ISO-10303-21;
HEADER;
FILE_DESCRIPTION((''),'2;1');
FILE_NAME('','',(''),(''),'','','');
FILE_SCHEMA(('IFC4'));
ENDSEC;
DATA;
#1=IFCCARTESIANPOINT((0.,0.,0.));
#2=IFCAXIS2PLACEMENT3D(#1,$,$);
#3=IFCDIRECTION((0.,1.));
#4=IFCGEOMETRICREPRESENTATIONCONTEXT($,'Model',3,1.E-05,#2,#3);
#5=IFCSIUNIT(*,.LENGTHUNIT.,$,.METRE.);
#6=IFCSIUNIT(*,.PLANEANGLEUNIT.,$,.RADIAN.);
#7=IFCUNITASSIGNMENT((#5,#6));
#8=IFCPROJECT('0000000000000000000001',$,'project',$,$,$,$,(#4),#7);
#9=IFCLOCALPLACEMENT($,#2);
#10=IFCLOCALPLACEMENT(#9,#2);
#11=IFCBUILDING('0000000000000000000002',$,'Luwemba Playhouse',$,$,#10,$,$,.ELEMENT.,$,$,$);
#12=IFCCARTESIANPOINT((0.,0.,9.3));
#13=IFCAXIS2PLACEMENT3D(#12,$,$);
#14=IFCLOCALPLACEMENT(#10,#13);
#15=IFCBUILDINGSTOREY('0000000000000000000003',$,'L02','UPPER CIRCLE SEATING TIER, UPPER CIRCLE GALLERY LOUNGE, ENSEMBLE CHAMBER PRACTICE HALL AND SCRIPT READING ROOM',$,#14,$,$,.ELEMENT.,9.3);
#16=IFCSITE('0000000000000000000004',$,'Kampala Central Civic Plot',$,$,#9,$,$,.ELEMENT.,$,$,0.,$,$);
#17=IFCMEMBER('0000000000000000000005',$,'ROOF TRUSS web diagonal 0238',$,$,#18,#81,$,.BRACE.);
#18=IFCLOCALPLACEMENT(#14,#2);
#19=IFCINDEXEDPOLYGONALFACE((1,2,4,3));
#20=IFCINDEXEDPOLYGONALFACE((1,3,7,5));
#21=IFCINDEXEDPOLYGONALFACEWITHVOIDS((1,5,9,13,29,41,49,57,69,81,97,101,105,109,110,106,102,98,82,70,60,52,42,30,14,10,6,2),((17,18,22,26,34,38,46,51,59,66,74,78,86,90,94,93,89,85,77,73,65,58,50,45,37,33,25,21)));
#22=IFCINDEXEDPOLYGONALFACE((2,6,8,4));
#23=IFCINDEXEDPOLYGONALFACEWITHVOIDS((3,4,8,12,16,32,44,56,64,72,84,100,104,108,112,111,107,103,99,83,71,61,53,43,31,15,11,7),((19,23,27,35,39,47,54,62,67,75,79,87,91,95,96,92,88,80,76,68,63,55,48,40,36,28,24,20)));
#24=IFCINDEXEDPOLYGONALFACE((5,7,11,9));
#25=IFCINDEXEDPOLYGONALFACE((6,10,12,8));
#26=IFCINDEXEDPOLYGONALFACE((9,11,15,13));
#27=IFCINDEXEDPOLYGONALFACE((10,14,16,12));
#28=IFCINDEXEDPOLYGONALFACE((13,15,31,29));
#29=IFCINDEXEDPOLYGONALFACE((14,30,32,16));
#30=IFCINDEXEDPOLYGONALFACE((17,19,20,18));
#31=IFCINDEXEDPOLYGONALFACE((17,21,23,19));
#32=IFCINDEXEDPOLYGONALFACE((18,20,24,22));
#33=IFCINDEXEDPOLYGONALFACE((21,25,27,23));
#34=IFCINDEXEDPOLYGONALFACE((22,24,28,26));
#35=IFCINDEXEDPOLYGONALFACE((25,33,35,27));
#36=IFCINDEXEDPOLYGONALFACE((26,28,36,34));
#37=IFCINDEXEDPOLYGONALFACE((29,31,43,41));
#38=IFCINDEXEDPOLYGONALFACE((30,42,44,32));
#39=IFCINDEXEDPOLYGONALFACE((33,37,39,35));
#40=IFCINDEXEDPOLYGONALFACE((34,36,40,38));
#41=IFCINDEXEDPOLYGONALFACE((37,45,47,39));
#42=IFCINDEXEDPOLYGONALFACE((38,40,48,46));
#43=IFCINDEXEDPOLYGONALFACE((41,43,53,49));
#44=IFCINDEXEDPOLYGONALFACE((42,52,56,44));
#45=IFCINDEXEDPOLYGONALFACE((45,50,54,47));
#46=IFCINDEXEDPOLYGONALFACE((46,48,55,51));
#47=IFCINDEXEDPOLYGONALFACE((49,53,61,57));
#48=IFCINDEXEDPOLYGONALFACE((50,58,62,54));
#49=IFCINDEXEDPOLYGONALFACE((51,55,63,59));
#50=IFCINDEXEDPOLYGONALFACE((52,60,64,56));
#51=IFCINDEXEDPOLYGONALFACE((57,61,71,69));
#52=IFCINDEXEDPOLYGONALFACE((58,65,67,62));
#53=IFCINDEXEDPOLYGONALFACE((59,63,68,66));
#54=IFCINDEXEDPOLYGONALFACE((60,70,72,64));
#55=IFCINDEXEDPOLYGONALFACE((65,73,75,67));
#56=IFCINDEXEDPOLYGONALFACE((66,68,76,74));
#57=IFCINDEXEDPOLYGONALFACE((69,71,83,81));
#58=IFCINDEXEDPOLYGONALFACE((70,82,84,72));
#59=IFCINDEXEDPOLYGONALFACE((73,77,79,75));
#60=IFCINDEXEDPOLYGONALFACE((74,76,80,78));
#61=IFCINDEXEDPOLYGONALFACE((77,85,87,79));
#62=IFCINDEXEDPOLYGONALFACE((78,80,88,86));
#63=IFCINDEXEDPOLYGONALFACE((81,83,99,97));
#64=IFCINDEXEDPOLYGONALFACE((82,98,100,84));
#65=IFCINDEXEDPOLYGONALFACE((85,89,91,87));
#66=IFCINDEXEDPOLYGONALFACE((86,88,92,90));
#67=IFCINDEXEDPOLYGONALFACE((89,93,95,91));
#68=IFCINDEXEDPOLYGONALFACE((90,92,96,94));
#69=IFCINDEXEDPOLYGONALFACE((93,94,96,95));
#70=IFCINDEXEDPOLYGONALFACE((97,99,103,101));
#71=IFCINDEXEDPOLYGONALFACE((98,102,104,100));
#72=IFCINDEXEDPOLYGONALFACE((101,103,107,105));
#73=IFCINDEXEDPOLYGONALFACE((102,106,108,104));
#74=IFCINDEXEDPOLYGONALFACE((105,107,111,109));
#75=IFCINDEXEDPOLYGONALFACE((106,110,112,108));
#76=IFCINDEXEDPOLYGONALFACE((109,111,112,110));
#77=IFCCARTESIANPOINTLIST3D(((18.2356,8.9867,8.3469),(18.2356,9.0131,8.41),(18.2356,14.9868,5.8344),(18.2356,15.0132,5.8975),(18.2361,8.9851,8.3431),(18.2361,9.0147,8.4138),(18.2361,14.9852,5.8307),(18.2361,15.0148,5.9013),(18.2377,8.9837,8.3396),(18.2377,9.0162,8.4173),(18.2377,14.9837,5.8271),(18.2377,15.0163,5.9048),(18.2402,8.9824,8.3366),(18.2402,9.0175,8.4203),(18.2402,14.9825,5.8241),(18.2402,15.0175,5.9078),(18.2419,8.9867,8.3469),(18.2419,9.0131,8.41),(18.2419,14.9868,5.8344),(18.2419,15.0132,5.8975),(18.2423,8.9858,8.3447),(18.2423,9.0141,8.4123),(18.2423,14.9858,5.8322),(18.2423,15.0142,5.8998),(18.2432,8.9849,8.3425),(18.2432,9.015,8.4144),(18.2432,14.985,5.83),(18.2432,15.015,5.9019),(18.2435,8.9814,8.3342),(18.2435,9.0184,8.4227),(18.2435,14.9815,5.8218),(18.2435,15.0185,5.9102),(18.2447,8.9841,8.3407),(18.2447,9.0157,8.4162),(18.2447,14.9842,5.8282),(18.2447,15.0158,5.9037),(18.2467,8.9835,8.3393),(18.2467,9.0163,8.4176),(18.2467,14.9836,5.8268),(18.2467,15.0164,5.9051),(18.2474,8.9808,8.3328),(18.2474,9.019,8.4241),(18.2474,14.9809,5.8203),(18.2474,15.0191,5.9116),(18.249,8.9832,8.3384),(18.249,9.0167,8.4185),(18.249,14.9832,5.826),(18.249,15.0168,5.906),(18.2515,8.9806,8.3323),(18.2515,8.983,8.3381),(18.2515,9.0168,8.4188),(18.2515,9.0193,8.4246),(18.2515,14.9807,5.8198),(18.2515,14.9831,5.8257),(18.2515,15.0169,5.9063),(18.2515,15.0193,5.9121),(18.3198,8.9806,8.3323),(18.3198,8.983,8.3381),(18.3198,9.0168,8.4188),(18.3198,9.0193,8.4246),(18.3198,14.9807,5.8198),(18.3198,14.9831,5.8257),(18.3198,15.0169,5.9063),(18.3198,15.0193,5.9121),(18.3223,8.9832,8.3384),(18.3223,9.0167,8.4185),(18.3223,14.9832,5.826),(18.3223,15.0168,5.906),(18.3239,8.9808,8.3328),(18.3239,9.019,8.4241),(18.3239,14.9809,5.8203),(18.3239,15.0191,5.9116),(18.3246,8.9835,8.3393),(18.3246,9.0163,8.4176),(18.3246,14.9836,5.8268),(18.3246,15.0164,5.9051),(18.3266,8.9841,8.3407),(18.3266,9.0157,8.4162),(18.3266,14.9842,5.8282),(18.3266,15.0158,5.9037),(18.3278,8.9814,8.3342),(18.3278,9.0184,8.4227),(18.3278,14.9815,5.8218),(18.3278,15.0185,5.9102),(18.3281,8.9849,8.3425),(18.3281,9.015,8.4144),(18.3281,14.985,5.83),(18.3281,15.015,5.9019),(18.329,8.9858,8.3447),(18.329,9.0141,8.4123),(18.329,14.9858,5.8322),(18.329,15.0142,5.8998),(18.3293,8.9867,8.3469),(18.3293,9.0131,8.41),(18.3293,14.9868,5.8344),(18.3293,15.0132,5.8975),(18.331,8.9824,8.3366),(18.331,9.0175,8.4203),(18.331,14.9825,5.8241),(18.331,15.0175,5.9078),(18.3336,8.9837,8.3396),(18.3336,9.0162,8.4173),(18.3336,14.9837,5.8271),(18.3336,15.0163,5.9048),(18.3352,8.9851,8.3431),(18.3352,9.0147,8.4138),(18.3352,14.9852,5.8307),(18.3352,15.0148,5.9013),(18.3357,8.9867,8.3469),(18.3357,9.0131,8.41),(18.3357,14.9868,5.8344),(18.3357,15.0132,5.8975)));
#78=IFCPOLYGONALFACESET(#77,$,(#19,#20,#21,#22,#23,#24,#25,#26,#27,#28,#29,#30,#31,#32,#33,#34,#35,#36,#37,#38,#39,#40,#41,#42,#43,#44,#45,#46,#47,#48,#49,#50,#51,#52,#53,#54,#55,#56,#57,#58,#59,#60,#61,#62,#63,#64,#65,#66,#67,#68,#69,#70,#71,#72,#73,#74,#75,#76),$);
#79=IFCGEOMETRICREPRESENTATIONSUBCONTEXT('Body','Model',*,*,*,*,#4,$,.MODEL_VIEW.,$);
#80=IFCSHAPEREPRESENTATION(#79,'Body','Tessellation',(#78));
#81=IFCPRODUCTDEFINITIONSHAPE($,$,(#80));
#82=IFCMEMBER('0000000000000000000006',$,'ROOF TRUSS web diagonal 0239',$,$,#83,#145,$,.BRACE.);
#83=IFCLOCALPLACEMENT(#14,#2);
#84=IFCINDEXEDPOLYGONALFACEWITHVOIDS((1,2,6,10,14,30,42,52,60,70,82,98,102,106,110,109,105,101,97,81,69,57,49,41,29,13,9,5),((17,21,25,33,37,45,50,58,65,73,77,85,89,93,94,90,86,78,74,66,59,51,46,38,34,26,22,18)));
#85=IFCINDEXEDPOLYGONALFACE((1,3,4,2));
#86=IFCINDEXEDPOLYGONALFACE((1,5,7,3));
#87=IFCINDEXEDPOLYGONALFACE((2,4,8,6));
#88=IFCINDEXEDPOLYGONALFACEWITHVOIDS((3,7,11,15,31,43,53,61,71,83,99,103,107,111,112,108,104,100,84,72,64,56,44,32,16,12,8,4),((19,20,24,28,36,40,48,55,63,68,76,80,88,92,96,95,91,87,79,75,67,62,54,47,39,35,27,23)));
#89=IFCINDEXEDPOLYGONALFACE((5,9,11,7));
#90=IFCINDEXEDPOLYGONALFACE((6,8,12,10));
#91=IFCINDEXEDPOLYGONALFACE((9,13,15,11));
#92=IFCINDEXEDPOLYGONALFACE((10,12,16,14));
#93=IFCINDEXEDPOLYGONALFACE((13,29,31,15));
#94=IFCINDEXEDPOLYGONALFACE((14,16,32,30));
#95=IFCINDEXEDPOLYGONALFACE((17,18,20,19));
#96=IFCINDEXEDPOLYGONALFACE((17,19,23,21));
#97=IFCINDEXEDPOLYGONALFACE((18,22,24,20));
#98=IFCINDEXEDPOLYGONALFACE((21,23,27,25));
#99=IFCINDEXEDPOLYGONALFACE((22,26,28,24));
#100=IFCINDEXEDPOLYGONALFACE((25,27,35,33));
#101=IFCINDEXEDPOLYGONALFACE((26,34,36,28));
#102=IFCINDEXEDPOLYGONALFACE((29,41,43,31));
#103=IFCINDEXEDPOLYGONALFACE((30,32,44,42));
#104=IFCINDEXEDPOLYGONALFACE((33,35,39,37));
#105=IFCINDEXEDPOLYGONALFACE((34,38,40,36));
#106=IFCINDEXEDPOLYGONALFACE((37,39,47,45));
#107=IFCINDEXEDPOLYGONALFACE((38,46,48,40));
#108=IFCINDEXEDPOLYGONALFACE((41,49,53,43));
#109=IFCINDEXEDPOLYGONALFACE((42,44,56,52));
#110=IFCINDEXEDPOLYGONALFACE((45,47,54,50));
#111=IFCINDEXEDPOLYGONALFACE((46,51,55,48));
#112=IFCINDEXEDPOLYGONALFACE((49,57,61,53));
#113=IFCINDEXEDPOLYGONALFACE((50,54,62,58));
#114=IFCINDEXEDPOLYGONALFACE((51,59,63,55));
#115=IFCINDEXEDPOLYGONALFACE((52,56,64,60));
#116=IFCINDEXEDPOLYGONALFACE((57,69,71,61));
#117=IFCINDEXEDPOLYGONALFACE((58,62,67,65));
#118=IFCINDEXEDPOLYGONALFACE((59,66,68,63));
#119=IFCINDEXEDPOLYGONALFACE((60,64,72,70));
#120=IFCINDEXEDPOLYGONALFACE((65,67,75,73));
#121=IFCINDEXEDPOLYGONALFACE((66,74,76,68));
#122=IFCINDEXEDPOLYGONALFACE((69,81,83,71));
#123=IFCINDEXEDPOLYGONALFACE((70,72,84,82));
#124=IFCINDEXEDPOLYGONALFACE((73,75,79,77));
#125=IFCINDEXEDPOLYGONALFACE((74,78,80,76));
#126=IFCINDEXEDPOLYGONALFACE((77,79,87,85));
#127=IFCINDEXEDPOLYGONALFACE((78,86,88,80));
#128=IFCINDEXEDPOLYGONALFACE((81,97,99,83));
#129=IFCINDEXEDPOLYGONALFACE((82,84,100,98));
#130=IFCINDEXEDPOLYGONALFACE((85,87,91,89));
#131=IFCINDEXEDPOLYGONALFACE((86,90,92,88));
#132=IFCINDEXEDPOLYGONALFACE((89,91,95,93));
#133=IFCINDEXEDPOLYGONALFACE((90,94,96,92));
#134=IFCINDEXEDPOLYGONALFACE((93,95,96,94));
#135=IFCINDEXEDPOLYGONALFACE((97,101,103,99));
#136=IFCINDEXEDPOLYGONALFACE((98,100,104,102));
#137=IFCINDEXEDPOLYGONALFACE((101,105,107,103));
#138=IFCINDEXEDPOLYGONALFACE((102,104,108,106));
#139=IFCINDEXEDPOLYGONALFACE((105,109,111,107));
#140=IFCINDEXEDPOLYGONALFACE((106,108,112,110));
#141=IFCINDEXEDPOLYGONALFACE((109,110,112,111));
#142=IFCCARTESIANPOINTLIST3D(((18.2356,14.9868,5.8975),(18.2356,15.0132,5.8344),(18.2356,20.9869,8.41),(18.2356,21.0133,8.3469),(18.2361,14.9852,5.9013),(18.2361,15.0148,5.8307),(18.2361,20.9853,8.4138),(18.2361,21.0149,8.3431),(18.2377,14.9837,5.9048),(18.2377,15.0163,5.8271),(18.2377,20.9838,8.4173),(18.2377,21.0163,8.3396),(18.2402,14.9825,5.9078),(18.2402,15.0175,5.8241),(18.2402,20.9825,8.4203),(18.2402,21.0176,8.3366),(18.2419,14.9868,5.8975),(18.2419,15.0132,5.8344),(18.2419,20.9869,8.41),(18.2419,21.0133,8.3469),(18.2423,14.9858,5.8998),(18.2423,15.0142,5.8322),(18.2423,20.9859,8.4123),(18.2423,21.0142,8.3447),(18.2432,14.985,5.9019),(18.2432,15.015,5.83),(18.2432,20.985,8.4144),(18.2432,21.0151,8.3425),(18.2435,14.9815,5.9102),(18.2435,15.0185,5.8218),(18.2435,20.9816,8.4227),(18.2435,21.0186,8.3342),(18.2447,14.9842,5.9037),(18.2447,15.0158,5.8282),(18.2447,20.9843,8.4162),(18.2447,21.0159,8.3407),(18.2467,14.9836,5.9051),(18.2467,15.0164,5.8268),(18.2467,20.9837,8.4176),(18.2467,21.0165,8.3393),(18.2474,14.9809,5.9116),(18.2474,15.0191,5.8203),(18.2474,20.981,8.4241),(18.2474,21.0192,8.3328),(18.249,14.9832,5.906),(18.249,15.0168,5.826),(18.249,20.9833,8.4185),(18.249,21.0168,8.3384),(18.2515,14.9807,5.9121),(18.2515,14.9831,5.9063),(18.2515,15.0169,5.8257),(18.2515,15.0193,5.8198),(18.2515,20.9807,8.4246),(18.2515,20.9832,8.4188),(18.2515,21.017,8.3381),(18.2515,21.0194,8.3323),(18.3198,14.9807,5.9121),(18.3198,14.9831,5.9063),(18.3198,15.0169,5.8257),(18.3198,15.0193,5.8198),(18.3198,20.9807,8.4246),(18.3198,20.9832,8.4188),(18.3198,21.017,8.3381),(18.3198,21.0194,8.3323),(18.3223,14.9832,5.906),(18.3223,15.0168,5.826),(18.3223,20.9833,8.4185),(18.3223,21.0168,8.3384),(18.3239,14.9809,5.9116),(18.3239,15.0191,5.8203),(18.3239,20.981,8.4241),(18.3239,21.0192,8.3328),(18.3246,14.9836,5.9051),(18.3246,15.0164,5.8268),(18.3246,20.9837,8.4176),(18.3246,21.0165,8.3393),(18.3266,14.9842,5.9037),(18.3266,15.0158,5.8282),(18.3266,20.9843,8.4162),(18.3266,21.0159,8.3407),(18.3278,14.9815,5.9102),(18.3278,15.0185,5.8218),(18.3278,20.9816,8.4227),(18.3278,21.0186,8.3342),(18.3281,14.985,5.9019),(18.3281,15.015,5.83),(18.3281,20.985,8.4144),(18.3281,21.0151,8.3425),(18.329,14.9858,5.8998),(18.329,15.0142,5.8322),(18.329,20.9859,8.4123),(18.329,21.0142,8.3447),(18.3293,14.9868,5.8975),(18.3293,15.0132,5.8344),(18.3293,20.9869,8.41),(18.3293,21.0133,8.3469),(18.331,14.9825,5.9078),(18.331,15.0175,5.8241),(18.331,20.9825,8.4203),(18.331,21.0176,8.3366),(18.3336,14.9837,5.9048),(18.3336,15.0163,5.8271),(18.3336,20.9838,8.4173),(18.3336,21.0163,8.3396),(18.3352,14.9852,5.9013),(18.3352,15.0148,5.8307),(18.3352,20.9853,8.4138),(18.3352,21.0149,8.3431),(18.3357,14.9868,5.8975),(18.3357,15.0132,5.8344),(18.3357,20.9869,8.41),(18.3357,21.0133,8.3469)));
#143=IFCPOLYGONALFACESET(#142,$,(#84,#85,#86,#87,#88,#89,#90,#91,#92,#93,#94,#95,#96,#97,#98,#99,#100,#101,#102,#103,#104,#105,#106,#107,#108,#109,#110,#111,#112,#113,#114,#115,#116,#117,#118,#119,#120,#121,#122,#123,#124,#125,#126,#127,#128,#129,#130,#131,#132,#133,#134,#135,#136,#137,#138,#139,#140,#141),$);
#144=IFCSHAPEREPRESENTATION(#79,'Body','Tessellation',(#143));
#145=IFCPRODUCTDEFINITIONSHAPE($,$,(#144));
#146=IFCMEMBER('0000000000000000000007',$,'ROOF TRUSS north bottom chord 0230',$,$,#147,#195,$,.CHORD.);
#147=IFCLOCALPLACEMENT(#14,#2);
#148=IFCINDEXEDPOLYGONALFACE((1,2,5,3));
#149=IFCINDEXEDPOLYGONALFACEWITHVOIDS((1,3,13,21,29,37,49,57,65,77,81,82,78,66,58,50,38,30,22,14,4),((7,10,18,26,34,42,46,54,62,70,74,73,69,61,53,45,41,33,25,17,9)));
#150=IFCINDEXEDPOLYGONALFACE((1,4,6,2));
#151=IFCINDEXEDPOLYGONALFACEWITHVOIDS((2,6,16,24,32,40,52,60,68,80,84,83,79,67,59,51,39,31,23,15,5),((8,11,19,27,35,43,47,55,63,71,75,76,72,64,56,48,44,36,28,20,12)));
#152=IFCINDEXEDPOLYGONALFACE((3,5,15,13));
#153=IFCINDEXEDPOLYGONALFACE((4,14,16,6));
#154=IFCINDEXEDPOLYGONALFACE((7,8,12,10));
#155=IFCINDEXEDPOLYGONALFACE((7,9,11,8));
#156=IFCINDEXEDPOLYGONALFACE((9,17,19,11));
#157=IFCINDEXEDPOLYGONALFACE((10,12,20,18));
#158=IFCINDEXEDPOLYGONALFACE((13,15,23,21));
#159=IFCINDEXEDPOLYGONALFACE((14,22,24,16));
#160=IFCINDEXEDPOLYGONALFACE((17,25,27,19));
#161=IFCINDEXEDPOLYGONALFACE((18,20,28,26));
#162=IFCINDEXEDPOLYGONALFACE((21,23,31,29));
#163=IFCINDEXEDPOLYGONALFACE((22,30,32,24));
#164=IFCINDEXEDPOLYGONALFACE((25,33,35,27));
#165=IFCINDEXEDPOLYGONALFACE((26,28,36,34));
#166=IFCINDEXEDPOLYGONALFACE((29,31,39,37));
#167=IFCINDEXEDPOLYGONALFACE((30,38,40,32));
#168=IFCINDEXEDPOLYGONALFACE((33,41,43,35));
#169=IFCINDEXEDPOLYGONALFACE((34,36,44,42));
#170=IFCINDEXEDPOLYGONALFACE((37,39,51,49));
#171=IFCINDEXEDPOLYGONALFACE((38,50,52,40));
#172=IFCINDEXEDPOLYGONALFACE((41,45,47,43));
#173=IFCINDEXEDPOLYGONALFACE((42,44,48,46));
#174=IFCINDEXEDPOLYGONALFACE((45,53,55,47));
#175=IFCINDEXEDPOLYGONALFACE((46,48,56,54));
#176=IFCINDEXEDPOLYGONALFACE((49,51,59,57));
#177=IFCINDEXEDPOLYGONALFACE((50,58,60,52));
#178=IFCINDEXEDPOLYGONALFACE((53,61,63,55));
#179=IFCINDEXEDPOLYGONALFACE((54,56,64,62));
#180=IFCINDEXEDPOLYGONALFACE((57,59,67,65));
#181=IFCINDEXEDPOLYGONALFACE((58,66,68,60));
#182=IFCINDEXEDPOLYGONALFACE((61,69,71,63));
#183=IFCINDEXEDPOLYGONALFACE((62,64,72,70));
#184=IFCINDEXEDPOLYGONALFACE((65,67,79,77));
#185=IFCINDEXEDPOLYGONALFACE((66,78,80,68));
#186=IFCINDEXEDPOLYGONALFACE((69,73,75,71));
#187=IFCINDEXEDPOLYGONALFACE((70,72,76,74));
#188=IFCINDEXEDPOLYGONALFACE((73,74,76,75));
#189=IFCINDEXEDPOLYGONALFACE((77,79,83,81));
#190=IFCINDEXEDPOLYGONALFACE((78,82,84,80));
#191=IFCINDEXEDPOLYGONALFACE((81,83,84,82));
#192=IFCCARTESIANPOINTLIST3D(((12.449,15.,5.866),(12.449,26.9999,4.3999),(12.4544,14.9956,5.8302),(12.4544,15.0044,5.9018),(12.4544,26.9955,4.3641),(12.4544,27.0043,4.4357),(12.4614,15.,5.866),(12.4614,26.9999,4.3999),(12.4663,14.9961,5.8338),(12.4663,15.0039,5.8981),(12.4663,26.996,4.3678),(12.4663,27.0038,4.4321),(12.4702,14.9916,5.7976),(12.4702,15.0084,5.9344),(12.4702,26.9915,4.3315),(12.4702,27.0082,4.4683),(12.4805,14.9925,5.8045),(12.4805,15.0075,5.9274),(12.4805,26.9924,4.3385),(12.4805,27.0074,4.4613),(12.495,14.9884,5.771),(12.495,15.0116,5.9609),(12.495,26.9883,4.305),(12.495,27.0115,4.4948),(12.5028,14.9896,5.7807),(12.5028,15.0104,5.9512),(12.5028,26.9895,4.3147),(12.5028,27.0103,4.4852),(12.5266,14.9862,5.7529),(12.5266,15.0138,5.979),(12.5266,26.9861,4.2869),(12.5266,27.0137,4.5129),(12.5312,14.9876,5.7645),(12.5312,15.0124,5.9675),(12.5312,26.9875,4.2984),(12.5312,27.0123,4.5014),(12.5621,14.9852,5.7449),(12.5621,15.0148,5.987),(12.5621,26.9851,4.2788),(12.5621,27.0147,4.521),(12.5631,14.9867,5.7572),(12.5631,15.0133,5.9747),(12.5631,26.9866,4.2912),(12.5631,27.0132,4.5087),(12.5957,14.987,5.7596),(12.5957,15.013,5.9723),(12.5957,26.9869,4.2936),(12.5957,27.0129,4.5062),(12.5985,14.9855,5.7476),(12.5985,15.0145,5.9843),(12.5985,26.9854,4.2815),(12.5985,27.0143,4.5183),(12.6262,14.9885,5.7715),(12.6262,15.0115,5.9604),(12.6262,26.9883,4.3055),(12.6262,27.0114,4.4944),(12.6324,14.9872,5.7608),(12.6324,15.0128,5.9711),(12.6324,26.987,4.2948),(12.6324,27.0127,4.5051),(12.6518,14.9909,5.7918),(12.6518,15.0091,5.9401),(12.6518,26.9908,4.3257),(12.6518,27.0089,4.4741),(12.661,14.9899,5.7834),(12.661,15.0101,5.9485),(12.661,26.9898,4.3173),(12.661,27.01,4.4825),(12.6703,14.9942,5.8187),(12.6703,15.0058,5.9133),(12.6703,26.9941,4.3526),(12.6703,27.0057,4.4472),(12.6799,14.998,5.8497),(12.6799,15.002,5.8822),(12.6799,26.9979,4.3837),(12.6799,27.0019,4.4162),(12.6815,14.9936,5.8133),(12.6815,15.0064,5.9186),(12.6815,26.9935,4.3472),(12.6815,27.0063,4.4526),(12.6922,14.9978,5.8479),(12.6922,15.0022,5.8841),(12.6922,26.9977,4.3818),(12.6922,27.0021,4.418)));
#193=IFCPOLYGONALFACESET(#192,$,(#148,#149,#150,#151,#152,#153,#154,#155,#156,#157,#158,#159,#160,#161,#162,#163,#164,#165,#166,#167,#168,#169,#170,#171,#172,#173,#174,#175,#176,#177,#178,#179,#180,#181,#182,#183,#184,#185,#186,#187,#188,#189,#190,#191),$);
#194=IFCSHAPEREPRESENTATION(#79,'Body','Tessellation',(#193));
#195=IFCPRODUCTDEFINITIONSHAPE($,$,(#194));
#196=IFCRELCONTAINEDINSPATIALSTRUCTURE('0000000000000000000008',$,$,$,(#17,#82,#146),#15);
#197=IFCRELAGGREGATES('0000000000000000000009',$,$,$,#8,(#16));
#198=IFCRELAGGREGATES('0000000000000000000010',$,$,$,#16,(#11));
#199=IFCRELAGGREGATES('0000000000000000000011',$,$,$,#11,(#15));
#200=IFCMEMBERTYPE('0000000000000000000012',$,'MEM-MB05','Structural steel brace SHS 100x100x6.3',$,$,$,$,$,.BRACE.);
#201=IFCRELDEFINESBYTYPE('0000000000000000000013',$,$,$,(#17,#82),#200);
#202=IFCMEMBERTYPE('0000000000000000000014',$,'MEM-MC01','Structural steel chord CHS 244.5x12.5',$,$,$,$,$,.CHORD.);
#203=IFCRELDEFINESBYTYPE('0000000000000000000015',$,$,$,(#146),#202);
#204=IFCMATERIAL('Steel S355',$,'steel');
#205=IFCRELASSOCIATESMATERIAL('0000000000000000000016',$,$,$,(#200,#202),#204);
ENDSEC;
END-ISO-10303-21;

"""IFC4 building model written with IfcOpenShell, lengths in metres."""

from ifc_helpers import new_model, si_unit, direction, frame, origin, origin_2d, place, context, subcontext, project, spatial, hollow_rectangle, hollow_circle, extrude, material, material_profile, profile_set, type_object, element, save


model = new_model("IFC4")

# Units and contexts
model_context = context("Model", 3, precision=1e-05, world=origin(), true_north=direction((0.0, 1.0)))
body_context = subcontext(model_context, "Body", "Model", "MODEL_VIEW")
ifc_project = project(units=[si_unit("LENGTHUNIT", "METRE"), si_unit("PLANEANGLEUNIT", "RADIAN")], contexts=[model_context])

# Site, building, storey
site_placement = place(None, origin())
site = spatial("IfcSite", under=ifc_project, at=site_placement, Name="Kampala Central Civic Plot", CompositionType="ELEMENT", RefElevation=0.0)
building_placement = place(site_placement, origin())
building = spatial("IfcBuilding", under=site, at=building_placement, Name="Luwemba Playhouse", CompositionType="ELEMENT")
storey_placement = place(building_placement, frame((0.0, 0.0, 9.3)))
storey = spatial("IfcBuildingStorey", under=building, at=storey_placement, Name="L02", Description="UPPER CIRCLE SEATING TIER, UPPER CIRCLE GALLERY LOUNGE, ENSEMBLE CHAMBER PRACTICE HALL AND SCRIPT READING ROOM", CompositionType="ELEMENT", Elevation=9.3)

# Shared definitions
ifc_material_1 = material(Name="Steel S355", Category="steel")

# Members
ifc_material_profile_1 = material_profile(ifc_material_1, hollow_rectangle(XDim=0.1001, YDim=0.1001, WallThickness=0.0063, InnerFilletRadius=0.0095, OuterFilletRadius=0.0159, at=origin_2d()))
ifc_profile_set_1 = profile_set([ifc_material_profile_1], Name="Steel S355")
member_type_1 = type_object("IfcMemberType", Name="MEM-MB05", Description="Structural steel brace SHS 100x100x6.3", PredefinedType="BRACE", material=ifc_profile_set_1)
for number, where, z_axis, x_axis, name in (
    (1, (18.2856, 15.0, 5.866), (0.0, -0.922396, 0.386246), (1.0, 0.0, 0.0), "ROOF TRUSS web diagonal 0238"),
    (2, (18.2856, 15.0, 5.866), (0.0, 0.922396, 0.386246), (-1.0, 0.0, 0.0), "ROOF TRUSS web diagonal 0239"),
):
    element("IfcMember", number, at=place(storey_placement, frame(where, z_axis=z_axis, x_axis=x_axis)), inside=storey, type_object=member_type_1, Name=name, PredefinedType="BRACE", context=body_context, shape_type="SweptSolid", body=[
        extrude(hollow_rectangle(XDim=0.1001, YDim=0.1001, WallThickness=0.0063, InnerFilletRadius=0.0095, OuterFilletRadius=0.0159, at=origin_2d()), origin(), (0.0, 0.0, 1.0), 6.5049),
    ])
ifc_material_profile_2 = material_profile(ifc_material_1, hollow_circle(Radius=0.1223, WallThickness=0.0125, at=origin_2d()))
ifc_profile_set_2 = profile_set([ifc_material_profile_2], Name="Steel S355")
member_type_2 = type_object("IfcMemberType", Name="MEM-MC01", Description="Structural steel chord CHS 244.5x12.5", PredefinedType="CHORD", material=ifc_profile_set_2)
member_1_placement = place(storey_placement, frame((12.5713, 15.0, 5.866), z_axis=(0.0, 0.99262, -0.12127), x_axis=(-1.0, 0.0, 0.0)))
element("IfcMember", 3, at=member_1_placement, inside=storey, type_object=member_type_2, Name="ROOF TRUSS north bottom chord 0230", PredefinedType="CHORD", context=body_context, shape_type="SweptSolid", body=[
    extrude(hollow_circle(Radius=0.1223, WallThickness=0.0125, at=origin_2d()), origin(), (0.0, 0.0, 1.0), 12.0891),
])

save(model, "model.ifc")
